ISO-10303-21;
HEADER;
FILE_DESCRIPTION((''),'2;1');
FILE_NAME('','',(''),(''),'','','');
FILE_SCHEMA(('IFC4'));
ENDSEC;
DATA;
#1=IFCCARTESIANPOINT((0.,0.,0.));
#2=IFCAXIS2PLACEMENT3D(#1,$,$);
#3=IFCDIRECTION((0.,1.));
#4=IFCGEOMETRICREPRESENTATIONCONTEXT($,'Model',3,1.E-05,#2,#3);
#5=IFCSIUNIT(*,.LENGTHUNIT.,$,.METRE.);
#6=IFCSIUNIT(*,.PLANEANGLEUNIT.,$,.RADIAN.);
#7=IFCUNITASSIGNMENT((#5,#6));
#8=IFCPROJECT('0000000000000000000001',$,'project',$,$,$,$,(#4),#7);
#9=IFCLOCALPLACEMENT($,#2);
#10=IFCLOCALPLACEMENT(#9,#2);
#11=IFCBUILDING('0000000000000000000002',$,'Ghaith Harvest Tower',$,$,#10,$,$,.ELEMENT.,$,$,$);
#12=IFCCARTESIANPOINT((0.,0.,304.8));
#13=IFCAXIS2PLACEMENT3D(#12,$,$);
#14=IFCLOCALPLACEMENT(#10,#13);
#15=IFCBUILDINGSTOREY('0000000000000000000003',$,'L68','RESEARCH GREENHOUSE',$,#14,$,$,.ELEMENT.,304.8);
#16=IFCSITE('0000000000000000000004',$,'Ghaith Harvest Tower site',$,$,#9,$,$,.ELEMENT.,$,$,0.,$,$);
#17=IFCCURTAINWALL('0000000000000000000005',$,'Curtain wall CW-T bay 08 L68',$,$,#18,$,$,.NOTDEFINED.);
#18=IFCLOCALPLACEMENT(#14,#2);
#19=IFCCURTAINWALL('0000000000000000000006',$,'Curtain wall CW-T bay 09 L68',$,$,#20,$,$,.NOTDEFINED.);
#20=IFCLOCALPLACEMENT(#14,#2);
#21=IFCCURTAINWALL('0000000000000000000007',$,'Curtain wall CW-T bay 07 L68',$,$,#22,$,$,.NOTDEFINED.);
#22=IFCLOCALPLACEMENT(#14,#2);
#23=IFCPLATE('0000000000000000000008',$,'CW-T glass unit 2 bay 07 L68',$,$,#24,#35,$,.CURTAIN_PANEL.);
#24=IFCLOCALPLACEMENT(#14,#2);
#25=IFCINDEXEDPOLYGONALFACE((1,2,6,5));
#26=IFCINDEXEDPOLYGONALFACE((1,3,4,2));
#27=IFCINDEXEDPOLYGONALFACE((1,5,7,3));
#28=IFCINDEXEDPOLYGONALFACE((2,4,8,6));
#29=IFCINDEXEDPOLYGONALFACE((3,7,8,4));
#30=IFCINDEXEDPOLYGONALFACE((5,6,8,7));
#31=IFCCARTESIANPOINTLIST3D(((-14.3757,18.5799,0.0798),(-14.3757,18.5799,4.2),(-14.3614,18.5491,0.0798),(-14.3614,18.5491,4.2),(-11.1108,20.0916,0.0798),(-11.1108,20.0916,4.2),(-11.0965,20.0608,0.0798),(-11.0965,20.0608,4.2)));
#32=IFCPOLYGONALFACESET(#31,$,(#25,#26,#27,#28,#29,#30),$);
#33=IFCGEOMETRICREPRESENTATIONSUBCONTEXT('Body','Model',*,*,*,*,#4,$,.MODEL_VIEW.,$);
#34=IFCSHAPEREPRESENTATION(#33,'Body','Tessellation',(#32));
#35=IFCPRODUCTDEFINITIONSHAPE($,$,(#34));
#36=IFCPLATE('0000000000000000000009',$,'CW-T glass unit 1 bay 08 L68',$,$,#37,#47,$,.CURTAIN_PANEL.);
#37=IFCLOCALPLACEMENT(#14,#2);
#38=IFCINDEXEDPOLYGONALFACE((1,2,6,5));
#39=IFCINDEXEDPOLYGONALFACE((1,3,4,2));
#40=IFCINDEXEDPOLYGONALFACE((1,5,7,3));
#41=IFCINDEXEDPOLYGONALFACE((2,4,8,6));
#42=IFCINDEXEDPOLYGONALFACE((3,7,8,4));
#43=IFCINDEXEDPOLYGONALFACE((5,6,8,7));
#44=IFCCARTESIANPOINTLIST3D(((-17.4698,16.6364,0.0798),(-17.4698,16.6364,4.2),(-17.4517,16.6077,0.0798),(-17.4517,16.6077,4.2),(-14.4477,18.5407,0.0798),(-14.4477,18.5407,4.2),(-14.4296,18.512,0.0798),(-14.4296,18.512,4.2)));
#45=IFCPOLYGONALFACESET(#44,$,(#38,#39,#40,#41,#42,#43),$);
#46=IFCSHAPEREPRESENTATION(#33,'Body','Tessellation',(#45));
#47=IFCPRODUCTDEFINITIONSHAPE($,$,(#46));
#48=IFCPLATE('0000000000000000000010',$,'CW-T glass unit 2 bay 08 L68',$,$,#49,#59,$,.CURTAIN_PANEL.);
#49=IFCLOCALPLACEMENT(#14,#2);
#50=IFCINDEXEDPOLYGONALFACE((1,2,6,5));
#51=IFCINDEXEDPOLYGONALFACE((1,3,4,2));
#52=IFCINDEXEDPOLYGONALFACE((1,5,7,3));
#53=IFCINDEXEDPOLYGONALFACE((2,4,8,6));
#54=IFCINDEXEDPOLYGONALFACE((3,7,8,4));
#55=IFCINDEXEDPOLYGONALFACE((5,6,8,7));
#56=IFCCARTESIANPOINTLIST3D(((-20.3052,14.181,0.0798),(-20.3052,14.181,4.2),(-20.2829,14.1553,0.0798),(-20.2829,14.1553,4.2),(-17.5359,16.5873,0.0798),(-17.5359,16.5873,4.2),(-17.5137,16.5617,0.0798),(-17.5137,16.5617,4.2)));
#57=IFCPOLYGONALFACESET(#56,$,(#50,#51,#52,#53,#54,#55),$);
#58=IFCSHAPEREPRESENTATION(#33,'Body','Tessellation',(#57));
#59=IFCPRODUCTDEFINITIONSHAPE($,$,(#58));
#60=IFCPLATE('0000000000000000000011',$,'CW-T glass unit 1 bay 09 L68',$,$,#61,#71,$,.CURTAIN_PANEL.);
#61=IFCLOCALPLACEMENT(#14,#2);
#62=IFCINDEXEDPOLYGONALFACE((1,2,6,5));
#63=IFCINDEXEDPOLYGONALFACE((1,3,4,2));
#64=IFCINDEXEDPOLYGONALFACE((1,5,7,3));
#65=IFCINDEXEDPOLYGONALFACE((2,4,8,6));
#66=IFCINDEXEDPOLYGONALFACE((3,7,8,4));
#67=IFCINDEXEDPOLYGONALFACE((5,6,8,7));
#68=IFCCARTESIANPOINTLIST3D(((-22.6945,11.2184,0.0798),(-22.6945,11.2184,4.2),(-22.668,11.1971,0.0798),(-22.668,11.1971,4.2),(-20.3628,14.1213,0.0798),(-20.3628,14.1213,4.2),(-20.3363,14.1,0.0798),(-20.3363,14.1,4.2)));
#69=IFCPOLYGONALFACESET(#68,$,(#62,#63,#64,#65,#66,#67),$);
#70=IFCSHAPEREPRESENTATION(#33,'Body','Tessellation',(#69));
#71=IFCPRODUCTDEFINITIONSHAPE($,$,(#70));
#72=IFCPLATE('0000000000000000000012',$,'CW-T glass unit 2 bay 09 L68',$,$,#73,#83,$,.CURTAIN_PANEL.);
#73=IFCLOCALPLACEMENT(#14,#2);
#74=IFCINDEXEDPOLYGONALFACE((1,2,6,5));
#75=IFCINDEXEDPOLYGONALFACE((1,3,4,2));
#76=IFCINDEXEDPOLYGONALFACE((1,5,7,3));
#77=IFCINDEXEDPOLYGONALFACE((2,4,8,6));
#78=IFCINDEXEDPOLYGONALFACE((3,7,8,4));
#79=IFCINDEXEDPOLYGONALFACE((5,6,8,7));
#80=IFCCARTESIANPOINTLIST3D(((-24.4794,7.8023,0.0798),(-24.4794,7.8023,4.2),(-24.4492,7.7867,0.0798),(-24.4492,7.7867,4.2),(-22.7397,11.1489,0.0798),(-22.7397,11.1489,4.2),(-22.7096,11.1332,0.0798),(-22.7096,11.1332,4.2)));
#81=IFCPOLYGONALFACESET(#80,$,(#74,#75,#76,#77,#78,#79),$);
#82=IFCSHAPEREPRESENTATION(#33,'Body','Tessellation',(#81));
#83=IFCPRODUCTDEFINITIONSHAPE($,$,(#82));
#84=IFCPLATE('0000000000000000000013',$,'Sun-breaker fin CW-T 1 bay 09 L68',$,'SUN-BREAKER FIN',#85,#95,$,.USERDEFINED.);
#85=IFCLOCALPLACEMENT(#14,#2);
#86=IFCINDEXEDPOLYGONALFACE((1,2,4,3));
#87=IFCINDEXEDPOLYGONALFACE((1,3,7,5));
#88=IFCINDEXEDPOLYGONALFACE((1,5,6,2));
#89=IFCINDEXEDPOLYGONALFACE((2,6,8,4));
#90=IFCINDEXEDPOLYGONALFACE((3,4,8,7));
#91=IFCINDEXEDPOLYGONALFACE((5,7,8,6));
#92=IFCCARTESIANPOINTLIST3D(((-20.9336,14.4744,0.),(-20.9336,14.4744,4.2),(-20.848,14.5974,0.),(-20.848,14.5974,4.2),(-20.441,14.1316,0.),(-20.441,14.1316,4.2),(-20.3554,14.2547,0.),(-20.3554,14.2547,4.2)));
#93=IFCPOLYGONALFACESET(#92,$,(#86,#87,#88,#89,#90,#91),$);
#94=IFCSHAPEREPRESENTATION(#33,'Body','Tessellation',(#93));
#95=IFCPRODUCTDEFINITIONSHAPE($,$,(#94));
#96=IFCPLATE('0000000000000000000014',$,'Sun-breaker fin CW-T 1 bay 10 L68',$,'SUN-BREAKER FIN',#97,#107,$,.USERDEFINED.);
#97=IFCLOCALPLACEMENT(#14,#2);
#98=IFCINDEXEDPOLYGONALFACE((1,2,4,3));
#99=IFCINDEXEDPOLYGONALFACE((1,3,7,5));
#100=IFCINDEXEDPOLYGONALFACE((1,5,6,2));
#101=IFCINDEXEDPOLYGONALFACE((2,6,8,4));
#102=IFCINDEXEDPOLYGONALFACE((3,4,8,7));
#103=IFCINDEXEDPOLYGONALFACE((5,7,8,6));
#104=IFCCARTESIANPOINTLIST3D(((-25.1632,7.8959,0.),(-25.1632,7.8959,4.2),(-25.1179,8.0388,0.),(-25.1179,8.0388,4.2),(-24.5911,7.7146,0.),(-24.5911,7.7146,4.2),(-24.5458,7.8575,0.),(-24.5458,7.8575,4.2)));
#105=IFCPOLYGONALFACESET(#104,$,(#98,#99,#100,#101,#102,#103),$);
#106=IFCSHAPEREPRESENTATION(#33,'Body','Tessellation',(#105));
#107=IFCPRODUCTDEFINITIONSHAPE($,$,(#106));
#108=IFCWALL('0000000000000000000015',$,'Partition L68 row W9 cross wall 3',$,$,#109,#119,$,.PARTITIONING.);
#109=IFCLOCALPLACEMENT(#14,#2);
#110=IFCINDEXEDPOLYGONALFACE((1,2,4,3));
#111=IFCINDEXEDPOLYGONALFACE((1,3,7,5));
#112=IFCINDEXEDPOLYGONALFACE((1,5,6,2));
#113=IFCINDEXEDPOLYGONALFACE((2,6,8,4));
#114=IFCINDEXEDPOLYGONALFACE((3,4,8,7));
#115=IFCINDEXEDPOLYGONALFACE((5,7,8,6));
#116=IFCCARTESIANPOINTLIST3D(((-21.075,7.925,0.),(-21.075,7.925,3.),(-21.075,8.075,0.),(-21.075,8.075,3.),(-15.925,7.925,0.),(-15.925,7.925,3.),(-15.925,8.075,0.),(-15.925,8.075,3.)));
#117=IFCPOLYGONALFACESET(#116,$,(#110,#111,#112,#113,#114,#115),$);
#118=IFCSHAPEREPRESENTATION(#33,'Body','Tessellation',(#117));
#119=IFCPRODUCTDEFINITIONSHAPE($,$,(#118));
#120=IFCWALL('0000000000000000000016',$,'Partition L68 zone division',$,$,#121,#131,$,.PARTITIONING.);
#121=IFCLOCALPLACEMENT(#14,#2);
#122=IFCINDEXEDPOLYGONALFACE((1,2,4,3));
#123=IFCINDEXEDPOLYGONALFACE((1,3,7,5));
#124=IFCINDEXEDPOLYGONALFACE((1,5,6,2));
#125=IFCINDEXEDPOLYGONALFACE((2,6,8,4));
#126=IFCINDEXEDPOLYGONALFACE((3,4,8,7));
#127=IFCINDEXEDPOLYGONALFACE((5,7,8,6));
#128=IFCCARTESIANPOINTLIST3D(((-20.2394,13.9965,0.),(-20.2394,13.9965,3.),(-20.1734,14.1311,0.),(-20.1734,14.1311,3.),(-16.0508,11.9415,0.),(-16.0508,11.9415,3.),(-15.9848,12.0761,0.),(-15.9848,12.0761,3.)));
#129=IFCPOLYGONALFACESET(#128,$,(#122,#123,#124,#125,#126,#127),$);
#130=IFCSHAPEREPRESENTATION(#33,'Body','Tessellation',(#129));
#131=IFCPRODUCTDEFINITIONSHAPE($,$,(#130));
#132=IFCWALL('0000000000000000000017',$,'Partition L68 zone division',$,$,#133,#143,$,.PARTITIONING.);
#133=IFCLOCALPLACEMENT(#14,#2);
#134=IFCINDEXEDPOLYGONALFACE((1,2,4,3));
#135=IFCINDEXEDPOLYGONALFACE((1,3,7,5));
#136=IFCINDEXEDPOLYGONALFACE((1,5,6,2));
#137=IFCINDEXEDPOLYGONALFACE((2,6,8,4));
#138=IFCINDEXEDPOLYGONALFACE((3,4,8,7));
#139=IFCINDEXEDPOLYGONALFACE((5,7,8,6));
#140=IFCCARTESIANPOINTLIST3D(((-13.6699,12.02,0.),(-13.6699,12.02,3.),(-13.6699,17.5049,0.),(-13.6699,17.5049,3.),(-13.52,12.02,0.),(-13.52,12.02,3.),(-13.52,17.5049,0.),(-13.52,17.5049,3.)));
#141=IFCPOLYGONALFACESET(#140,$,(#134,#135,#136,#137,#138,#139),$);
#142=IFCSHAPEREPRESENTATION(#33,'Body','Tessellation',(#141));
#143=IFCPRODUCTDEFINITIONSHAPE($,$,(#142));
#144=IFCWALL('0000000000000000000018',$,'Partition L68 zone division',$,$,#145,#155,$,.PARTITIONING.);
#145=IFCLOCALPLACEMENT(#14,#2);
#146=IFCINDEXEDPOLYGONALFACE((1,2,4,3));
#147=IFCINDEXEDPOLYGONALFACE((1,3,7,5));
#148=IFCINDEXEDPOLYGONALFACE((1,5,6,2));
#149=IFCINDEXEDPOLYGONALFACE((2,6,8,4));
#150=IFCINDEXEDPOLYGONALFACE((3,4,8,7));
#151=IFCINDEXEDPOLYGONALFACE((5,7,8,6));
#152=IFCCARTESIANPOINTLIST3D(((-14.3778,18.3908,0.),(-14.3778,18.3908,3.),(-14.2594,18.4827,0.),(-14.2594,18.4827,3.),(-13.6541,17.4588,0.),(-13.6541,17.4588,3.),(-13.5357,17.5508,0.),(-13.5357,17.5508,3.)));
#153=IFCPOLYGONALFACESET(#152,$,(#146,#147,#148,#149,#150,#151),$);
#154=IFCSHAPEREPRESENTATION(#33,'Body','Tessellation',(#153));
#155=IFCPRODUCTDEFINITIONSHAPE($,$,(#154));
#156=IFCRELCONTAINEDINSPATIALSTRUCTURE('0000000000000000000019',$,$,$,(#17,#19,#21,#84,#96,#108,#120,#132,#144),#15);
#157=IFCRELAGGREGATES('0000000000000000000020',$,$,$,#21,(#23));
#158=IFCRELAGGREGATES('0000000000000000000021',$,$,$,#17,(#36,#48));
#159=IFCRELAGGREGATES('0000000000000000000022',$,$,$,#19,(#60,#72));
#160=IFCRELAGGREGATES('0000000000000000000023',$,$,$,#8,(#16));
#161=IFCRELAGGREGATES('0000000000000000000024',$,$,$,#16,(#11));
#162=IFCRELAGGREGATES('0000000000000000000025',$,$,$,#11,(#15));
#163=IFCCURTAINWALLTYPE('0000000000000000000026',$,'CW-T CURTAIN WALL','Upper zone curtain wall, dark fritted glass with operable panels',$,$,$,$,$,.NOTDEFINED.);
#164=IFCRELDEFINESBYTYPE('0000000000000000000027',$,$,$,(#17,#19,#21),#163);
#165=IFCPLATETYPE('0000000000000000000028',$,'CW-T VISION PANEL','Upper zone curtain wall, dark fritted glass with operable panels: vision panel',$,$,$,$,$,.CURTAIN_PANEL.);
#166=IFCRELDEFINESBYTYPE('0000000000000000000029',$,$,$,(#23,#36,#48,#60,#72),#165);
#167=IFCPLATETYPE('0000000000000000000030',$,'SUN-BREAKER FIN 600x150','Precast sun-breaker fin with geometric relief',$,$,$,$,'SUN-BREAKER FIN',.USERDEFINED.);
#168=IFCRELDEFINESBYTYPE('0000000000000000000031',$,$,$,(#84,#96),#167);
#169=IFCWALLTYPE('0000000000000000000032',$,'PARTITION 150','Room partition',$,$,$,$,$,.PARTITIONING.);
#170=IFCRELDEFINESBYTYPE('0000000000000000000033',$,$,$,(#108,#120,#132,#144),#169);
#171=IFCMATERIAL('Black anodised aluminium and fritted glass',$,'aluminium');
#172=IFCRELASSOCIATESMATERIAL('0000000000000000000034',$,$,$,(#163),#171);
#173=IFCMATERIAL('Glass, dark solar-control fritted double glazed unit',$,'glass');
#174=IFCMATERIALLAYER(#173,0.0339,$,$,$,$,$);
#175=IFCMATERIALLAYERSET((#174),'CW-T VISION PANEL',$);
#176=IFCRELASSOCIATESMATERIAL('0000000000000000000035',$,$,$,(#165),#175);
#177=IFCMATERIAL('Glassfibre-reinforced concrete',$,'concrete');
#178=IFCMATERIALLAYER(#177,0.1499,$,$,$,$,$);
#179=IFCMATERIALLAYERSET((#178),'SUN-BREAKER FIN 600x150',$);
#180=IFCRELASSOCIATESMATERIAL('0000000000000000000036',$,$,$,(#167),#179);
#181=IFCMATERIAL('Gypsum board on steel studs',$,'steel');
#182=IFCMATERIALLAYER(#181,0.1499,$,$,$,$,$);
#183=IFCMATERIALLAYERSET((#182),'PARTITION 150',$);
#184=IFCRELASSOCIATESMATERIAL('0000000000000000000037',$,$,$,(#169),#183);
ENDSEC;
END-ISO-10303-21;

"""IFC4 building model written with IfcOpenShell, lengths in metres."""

from ifc_helpers import new_model, si_unit, direction, frame, frame_2d, origin, origin_2d, place, context, subcontext, project, spatial, rectangle, extrude, material, layer, layer_set, type_object, element, aggregate, save


model = new_model("IFC4")

# Units and contexts
model_context = context("Model", 3, precision=1e-05, world=origin(), true_north=direction((0.0, 1.0)))
body_context = subcontext(model_context, "Body", "Model", "MODEL_VIEW")
ifc_project = project(units=[si_unit("LENGTHUNIT", "METRE"), si_unit("PLANEANGLEUNIT", "RADIAN")], contexts=[model_context])

# Site, building, storey
site_placement = place(None, origin())
site = spatial("IfcSite", under=ifc_project, at=site_placement, Name="Ghaith Harvest Tower site", CompositionType="ELEMENT", RefElevation=0.0)
building_placement = place(site_placement, origin())
building = spatial("IfcBuilding", under=site, at=building_placement, Name="Ghaith Harvest Tower", CompositionType="ELEMENT")
storey_placement = place(building_placement, frame((0.0, 0.0, 304.8)))
storey = spatial("IfcBuildingStorey", under=building, at=storey_placement, Name="L68", Description="RESEARCH GREENHOUSE", CompositionType="ELEMENT", Elevation=304.8)

# Curtain walls
ifc_material_1 = material(Name="Black anodised aluminium and fritted glass", Category="aluminium")
curtain_wall_type = type_object("IfcCurtainWallType", Name="CW-T CURTAIN WALL", Description="Upper zone curtain wall, dark fritted glass with operable panels", PredefinedType="NOTDEFINED", material=ifc_material_1)
curtain_wall_1_placement = place(storey_placement, origin())
curtain_wall_1 = element("IfcCurtainWall", 1, at=curtain_wall_1_placement, inside=storey, type_object=curtain_wall_type, Name="Curtain wall CW-T bay 08 L68", PredefinedType="NOTDEFINED")
curtain_wall_2_placement = place(storey_placement, origin())
curtain_wall_2 = element("IfcCurtainWall", 2, at=curtain_wall_2_placement, inside=storey, type_object=curtain_wall_type, Name="Curtain wall CW-T bay 09 L68", PredefinedType="NOTDEFINED")

# Curtain wall, plate
curtain_wall_3_placement = place(storey_placement, origin())
curtain_wall_3 = element("IfcCurtainWall", 3, at=curtain_wall_3_placement, inside=storey, type_object=curtain_wall_type, Name="Curtain wall CW-T bay 07 L68", PredefinedType="NOTDEFINED")
ifc_material_2 = material(Name="Glass, dark solar-control fritted double glazed unit", Category="glass")
ifc_layer_1 = layer(ifc_material_2, 0.0339)
ifc_layer_set_1 = layer_set([ifc_layer_1], Name="CW-T VISION PANEL")
plate_type_1 = type_object("IfcPlateType", Name="CW-T VISION PANEL", Description="Upper zone curtain wall, dark fritted glass with operable panels: vision panel", PredefinedType="CURTAIN_PANEL", material=ifc_layer_set_1)
plate_1_placement = place(storey_placement, frame((-12.7361, 19.3203, 0.0798), z_axis=(0.0, 0.0, 1.0), x_axis=(-0.90745, -0.42016, 0.0)))
plate_1 = element("IfcPlate", 4, at=plate_1_placement, type_object=plate_type_1, Name="CW-T glass unit 2 bay 07 L68", PredefinedType="CURTAIN_PANEL", context=body_context, shape_type="SweptSolid", body=[
    extrude(rectangle(XDim=3.5979, YDim=0.0339, at=origin_2d()), origin(), (0.0, 0.0, 1.0), 4.1201),
])
aggregate(curtain_wall_3, [plate_1])

# Plates
plate_2_placement = place(storey_placement, frame((-15.9497, 17.5742, 0.0798), z_axis=(0.0, 0.0, 1.0), x_axis=(-0.846043, -0.533114, 0.0)))
plate_2 = element("IfcPlate", 5, at=plate_2_placement, type_object=plate_type_1, Name="CW-T glass unit 1 bay 08 L68", PredefinedType="CURTAIN_PANEL", context=body_context, shape_type="SweptSolid", body=[
    extrude(rectangle(XDim=3.572, YDim=0.0339, at=origin_2d()), origin(), (0.0, 0.0, 1.0), 4.1201),
])
plate_3_placement = place(storey_placement, frame((-18.9094, 15.3713, 0.0798), z_axis=(0.0, 0.0, 1.0), x_axis=(-0.754829, -0.655922, 0.0)))
plate_3 = element("IfcPlate", 6, at=plate_3_placement, type_object=plate_type_1, Name="CW-T glass unit 2 bay 08 L68", PredefinedType="CURTAIN_PANEL", context=body_context, shape_type="SweptSolid", body=[
    extrude(rectangle(XDim=3.6687, YDim=0.0339, at=origin_2d()), origin(), (0.0, 0.0, 1.0), 4.1201),
])
aggregate(curtain_wall_1, [plate_2, plate_3])
plate_4_placement = place(storey_placement, frame((-21.5154, 12.6592, 0.0798), z_axis=(0.0, 0.0, 1.0), x_axis=(-0.62623, -0.779639, 0.0)))
plate_4 = element("IfcPlate", 7, at=plate_4_placement, type_object=plate_type_1, Name="CW-T glass unit 1 bay 09 L68", PredefinedType="CURTAIN_PANEL", context=body_context, shape_type="SweptSolid", body=[
    extrude(rectangle(XDim=3.7234, YDim=0.0339, at=origin_2d()), origin(), (0.0, 0.0, 1.0), 4.1201),
])
plate_5_placement = place(storey_placement, frame((-23.5945, 9.4678, 0.0798), z_axis=(0.0, 0.0, 1.0), x_axis=(-0.46123, -0.887281, 0.0)))
plate_5 = element("IfcPlate", 8, at=plate_5_placement, type_object=plate_type_1, Name="CW-T glass unit 2 bay 09 L68", PredefinedType="CURTAIN_PANEL", context=body_context, shape_type="SweptSolid", body=[
    extrude(rectangle(XDim=3.7717, YDim=0.0339, at=origin_2d()), origin(), (0.0, 0.0, 1.0), 4.1201),
])
aggregate(curtain_wall_2, [plate_4, plate_5])

# Plates
ifc_material_3 = material(Name="Glassfibre-reinforced concrete", Category="concrete")
ifc_layer_2 = layer(ifc_material_3, 0.1499)
ifc_layer_set_2 = layer_set([ifc_layer_2], Name="SUN-BREAKER FIN 600x150")
plate_type_2 = type_object("IfcPlateType", Name="SUN-BREAKER FIN 600x150", Description="Precast sun-breaker fin with geometric relief", ElementType="SUN-BREAKER FIN", PredefinedType="USERDEFINED", material=ifc_layer_set_2)
for number, where, z_axis, x_axis, name in (
    (9, (-20.6445, 14.3645, 0.0), (0.0, 0.0, 1.0), (-0.820845, 0.57115, 0.0), "Sun-breaker fin CW-T 1 bay 09 L68"),
    (10, (-24.8545, 7.8767, 0.0), (0.0, 0.0, 1.0), (-0.953273, 0.30211, 0.0), "Sun-breaker fin CW-T 1 bay 10 L68"),
):
    element("IfcPlate", number, at=place(storey_placement, frame(where, z_axis=z_axis, x_axis=x_axis)), inside=storey, type_object=plate_type_2, Name=name, ObjectType="SUN-BREAKER FIN", PredefinedType="USERDEFINED", context=body_context, shape_type="SweptSolid", body=[
        extrude(rectangle(XDim=0.6001, YDim=0.1499, at=origin_2d()), origin(), (0.0, 0.0, 1.0), 4.2),
    ])

# Walls
ifc_material_4 = material(Name="Gypsum board on steel studs", Category="steel")
ifc_layer_3 = layer(ifc_material_4, 0.1499)
ifc_layer_set_3 = layer_set([ifc_layer_3], Name="PARTITION 150")
wall_type_1 = type_object("IfcWallType", Name="PARTITION 150", Description="Room partition", PredefinedType="PARTITIONING", material=ifc_layer_set_3)
wall_1_placement = place(storey_placement, frame((-15.925, 8.0, 0.0), z_axis=(0.0, 0.0, 1.0), x_axis=(-1.0, 0.0, 0.0)))
element("IfcWall", 11, at=wall_1_placement, inside=storey, type_object=wall_type_1, Name="Partition L68 row W9 cross wall 3", PredefinedType="PARTITIONING", context=body_context, shape_type="SweptSolid", body=[
    extrude(rectangle(XDim=5.1499, YDim=0.1499, at=frame_2d((2.575, 0.0))), origin(), (0.0, 0.0, 1.0), 3.0),
])
wall_2_placement = place(storey_placement, frame((-16.0178, 12.0088, 0.0), z_axis=(0.0, 0.0, 1.0), x_axis=(-0.897772, 0.440461, 0.0)))
element("IfcWall", 12, at=wall_2_placement, inside=storey, type_object=wall_type_1, Name="Partition L68 zone division", PredefinedType="PARTITIONING", context=body_context, shape_type="SweptSolid", body=[
    extrude(rectangle(XDim=4.6655, YDim=0.1499, at=frame_2d((2.3328, 0.0))), origin(), (0.0, 0.0, 1.0), 3.0),
])
wall_3_placement = place(storey_placement, frame((-13.595, 12.02, 0.0), z_axis=(0.0, 0.0, 1.0), x_axis=(0.0, 1.0, 0.0)))
element("IfcWall", 13, at=wall_3_placement, inside=storey, type_object=wall_type_1, Name="Partition L68 zone division", PredefinedType="PARTITIONING", context=body_context, shape_type="SweptSolid", body=[
    extrude(rectangle(XDim=5.4849, YDim=0.1499, at=frame_2d((2.7424, 0.0))), origin(), (0.0, 0.0, 1.0), 3.0),
])
wall_4_placement = place(storey_placement, frame((-13.595, 17.5049, 0.0), z_axis=(0.0, 0.0, 1.0), x_axis=(-0.613324, 0.789831, 0.0)))
element("IfcWall", 14, at=wall_4_placement, inside=storey, type_object=wall_type_1, Name="Partition L68 zone division", PredefinedType="PARTITIONING", context=body_context, shape_type="SweptSolid", body=[
    extrude(rectangle(XDim=1.1799, YDim=0.1499, at=frame_2d((0.5898, 0.0))), origin(), (0.0, 0.0, 1.0), 3.0),
])

save(model, "model.ifc")
